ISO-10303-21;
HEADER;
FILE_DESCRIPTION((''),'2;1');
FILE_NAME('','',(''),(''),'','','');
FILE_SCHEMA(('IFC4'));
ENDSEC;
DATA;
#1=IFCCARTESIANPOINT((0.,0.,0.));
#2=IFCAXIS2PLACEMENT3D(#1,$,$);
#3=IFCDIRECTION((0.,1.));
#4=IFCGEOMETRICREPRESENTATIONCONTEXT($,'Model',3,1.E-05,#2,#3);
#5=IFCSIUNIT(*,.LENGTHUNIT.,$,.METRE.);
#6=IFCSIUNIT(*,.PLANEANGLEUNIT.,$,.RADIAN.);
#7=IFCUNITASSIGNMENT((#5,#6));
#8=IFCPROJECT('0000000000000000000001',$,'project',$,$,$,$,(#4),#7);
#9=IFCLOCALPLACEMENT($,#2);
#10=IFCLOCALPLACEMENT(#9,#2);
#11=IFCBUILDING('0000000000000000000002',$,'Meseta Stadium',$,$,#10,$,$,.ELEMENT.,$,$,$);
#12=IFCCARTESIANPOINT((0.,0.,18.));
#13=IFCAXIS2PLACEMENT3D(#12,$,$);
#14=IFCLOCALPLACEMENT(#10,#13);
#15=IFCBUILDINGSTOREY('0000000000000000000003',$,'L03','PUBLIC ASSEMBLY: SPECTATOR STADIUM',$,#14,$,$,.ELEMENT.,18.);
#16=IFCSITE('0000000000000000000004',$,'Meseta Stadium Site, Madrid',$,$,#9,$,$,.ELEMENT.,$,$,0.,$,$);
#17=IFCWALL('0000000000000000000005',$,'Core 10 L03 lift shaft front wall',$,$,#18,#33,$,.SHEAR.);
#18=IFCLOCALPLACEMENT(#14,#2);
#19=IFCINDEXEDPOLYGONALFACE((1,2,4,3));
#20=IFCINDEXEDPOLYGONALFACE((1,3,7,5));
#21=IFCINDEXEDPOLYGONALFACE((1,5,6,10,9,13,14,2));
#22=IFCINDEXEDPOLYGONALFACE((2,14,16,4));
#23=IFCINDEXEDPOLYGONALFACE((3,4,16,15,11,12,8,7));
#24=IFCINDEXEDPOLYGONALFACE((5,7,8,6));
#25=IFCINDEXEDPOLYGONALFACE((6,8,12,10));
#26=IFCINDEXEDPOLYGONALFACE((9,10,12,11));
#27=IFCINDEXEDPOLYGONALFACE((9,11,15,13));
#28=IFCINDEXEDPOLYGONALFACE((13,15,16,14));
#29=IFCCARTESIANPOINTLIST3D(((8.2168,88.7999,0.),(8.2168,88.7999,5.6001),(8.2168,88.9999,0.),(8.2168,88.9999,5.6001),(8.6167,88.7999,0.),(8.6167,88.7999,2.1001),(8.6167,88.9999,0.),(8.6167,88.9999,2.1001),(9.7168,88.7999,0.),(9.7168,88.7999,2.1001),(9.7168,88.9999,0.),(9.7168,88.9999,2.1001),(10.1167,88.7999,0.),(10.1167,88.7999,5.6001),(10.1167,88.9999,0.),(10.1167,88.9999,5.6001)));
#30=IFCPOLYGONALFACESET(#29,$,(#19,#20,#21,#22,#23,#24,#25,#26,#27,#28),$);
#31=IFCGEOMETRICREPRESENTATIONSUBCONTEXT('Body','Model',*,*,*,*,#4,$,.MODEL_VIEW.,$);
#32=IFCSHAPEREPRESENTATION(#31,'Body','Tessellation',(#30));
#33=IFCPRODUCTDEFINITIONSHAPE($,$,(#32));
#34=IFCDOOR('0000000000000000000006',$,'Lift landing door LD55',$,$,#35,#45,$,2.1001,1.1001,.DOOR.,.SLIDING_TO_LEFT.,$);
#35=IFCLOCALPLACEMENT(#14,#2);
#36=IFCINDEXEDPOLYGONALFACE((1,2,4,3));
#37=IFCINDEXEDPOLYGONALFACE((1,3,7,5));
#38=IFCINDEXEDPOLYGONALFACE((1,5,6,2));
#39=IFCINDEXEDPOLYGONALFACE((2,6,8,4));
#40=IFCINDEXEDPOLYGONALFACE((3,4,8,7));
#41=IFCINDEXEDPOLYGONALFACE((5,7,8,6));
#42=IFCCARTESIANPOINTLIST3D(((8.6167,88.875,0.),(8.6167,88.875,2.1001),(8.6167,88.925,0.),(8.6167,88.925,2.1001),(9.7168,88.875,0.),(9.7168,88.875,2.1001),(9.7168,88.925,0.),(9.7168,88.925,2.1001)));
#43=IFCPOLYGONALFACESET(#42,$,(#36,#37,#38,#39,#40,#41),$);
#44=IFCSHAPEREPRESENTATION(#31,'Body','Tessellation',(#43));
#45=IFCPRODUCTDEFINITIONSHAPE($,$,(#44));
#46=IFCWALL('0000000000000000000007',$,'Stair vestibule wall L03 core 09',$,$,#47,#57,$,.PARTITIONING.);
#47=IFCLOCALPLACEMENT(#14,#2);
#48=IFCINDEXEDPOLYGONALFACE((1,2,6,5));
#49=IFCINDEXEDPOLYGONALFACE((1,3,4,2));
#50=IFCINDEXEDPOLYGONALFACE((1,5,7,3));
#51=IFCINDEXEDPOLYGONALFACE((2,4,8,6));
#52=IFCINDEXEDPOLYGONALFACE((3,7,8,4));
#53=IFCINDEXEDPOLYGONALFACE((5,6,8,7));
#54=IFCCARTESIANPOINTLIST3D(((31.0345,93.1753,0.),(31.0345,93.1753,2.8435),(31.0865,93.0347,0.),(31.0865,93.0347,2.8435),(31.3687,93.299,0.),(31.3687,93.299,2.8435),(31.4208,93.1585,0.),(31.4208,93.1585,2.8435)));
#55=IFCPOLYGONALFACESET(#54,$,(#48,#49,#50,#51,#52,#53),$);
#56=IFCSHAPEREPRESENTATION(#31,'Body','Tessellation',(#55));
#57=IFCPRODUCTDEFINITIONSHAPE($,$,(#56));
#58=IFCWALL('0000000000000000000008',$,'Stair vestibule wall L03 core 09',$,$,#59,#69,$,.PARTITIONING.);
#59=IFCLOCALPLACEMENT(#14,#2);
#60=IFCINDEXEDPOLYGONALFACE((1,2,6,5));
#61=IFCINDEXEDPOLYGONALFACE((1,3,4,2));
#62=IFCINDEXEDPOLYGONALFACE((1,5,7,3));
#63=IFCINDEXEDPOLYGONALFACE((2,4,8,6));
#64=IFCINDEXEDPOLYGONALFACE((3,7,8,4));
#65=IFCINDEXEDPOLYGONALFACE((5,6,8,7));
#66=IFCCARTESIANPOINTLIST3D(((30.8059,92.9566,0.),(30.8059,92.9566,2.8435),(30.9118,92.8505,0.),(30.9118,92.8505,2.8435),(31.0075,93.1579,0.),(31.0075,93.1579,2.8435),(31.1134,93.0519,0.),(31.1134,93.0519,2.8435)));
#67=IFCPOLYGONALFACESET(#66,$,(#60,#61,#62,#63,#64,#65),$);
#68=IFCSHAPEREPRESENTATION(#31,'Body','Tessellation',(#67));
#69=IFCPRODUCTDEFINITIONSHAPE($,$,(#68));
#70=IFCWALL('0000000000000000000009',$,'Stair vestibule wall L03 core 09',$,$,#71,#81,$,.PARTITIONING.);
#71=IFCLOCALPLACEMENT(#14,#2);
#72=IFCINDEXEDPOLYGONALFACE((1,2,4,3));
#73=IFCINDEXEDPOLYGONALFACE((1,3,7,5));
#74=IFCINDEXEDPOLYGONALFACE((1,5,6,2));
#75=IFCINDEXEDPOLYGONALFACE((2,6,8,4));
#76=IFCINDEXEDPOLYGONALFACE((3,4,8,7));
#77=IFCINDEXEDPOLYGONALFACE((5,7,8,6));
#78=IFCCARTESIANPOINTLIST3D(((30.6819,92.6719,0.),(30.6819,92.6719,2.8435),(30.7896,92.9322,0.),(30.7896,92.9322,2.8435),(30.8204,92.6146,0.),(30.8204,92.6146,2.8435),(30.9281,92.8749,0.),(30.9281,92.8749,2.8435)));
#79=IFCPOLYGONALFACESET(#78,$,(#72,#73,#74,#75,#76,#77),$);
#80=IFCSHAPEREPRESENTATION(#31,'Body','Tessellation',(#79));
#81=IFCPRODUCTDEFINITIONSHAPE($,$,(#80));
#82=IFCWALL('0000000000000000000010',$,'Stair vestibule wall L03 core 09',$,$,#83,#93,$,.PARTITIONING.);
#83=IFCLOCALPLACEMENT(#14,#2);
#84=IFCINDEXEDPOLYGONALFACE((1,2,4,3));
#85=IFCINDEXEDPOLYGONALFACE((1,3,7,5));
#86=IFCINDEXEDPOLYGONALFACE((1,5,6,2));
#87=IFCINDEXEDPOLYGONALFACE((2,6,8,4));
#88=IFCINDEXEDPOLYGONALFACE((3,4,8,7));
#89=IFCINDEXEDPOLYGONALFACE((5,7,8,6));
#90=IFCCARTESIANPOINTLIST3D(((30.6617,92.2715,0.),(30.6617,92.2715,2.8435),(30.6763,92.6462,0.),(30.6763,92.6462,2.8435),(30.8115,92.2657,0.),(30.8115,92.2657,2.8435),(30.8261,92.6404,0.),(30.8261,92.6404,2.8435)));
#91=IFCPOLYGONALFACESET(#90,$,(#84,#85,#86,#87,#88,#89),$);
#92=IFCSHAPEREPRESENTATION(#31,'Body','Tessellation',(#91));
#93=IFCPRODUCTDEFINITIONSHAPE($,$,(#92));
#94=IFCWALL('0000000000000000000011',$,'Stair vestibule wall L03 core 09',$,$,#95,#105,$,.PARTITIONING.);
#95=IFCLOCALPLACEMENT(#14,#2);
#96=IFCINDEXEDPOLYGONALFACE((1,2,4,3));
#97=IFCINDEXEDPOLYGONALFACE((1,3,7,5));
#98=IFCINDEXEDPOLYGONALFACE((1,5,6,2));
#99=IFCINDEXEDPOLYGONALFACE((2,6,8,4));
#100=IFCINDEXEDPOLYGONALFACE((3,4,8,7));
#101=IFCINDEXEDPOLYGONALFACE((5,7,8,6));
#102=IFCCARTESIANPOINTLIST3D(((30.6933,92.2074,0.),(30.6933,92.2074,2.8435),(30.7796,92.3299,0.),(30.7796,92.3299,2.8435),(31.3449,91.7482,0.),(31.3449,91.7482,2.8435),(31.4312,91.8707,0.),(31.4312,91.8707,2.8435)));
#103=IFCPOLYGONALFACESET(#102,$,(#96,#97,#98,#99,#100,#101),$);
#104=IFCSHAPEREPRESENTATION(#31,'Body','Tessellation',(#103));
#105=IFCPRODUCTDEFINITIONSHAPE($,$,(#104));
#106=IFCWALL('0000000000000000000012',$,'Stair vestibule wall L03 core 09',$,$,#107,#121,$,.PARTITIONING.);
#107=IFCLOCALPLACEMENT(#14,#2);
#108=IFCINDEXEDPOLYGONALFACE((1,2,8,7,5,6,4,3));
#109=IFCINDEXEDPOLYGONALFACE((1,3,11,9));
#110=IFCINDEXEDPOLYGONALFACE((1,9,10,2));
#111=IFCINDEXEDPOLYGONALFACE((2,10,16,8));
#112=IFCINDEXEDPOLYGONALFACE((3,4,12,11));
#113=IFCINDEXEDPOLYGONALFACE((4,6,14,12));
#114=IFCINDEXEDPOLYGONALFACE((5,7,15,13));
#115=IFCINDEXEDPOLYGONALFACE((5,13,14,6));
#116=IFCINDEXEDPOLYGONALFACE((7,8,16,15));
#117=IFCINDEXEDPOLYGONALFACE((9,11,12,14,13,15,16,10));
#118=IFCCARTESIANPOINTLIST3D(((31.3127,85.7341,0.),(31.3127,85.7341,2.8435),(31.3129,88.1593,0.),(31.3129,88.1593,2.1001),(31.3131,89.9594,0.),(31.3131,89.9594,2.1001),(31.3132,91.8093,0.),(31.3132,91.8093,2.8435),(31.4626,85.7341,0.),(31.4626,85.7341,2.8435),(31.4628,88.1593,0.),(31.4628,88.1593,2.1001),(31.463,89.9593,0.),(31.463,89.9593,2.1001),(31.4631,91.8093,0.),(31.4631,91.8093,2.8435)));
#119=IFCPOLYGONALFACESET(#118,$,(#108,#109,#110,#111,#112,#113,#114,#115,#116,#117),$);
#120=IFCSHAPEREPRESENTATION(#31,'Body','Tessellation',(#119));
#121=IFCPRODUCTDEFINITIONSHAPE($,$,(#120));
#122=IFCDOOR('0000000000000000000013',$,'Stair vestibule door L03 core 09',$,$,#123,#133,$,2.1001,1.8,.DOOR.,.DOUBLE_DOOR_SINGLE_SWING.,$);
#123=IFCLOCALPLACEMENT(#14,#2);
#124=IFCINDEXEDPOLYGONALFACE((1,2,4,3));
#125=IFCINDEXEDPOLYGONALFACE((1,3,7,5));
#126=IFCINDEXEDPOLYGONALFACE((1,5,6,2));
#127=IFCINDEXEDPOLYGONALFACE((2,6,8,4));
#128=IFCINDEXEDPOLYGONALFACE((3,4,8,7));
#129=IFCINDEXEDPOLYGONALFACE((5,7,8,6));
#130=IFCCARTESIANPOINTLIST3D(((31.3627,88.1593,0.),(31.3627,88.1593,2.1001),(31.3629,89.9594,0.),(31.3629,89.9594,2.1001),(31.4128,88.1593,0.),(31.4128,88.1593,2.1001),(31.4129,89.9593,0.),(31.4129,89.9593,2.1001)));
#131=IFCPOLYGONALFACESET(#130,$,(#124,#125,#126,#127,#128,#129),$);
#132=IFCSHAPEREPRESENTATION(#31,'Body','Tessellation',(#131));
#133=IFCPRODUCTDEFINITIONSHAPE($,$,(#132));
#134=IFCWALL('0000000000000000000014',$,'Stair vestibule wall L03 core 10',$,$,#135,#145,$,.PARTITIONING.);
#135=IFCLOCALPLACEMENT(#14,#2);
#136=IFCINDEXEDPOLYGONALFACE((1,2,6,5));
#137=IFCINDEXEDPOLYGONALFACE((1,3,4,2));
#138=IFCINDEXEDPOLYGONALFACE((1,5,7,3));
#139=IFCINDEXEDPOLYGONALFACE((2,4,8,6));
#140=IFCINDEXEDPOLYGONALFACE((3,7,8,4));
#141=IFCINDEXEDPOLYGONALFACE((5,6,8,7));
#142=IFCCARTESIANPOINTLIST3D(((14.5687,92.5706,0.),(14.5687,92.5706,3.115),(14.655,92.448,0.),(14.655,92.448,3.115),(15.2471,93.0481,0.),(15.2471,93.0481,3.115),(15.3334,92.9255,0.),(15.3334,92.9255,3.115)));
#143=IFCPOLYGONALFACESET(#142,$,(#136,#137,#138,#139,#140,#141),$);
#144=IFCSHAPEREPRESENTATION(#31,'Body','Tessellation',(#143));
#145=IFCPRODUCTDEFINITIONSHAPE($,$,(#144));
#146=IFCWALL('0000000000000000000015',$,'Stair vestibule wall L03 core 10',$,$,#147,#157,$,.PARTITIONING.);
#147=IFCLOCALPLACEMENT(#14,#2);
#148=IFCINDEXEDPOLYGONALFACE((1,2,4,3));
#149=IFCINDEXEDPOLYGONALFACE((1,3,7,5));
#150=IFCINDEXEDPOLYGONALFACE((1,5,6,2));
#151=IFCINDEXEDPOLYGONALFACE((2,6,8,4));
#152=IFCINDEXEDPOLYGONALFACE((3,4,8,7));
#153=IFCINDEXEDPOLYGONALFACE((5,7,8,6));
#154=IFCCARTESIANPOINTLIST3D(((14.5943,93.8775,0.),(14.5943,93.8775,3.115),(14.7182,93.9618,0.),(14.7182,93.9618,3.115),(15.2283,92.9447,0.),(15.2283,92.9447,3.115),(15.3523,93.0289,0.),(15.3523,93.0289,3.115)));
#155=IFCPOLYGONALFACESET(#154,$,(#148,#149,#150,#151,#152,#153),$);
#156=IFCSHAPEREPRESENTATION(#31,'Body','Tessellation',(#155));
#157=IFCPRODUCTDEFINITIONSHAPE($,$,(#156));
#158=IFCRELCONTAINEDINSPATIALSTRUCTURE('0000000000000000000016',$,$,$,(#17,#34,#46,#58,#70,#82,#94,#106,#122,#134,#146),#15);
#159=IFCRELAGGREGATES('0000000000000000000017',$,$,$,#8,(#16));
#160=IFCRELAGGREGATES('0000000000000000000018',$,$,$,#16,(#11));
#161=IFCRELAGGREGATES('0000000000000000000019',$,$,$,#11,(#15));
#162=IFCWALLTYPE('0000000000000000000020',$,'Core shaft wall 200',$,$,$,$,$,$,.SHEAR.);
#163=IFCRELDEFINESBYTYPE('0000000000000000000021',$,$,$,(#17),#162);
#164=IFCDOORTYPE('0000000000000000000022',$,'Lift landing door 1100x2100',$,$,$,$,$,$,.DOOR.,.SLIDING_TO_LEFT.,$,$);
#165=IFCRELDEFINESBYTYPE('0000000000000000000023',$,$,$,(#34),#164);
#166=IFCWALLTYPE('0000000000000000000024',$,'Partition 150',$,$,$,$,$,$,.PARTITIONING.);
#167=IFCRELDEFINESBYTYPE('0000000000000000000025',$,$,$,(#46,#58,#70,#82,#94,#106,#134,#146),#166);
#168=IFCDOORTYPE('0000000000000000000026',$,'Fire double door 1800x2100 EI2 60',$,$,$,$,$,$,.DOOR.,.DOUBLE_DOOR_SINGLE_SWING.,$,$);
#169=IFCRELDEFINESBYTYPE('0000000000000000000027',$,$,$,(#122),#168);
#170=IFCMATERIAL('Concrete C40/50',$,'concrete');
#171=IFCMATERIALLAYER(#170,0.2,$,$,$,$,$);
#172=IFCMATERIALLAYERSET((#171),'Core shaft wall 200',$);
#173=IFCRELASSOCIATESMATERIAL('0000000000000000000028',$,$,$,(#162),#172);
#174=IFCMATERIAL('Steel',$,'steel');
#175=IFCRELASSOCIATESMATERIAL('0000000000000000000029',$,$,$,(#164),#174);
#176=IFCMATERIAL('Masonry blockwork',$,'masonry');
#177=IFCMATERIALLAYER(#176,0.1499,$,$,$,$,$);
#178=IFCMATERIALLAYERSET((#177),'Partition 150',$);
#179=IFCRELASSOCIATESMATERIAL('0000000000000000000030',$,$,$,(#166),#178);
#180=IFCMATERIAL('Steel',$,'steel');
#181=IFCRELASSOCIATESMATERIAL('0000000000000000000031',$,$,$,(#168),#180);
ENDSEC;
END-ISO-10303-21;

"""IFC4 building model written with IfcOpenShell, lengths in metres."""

from ifc_helpers import new_model, si_unit, direction, frame, frame_2d, origin, place, context, subcontext, project, spatial, rectangle, extrude, material, layer, layer_set, type_object, element, fill, save


model = new_model("IFC4")

# Units and contexts
model_context = context("Model", 3, precision=1e-05, world=origin(), true_north=direction((0.0, 1.0)))
body_context = subcontext(model_context, "Body", "Model", "MODEL_VIEW")
ifc_project = project(units=[si_unit("LENGTHUNIT", "METRE"), si_unit("PLANEANGLEUNIT", "RADIAN")], contexts=[model_context])

# Site, building, storey
site_placement = place(None, origin())
site = spatial("IfcSite", under=ifc_project, at=site_placement, Name="Meseta Stadium Site, Madrid", CompositionType="ELEMENT", RefElevation=0.0)
building_placement = place(site_placement, origin())
building = spatial("IfcBuilding", under=site, at=building_placement, Name="Meseta Stadium", CompositionType="ELEMENT")
storey_placement = place(building_placement, frame((0.0, 0.0, 18.0)))
storey = spatial("IfcBuildingStorey", under=building, at=storey_placement, Name="L03", Description="PUBLIC ASSEMBLY: SPECTATOR STADIUM", CompositionType="ELEMENT", Elevation=18.0)

# Shared definitions
ifc_material_1 = material(Name="Concrete C40/50", Category="concrete")
ifc_layer_1 = layer(ifc_material_1, 0.2)
ifc_layer_set_1 = layer_set([ifc_layer_1], Name="Core shaft wall 200")
wall_type_1 = type_object("IfcWallType", Name="Core shaft wall 200", PredefinedType="SHEAR", material=ifc_layer_set_1)

# Wall, opening, door
wall_1_placement = place(storey_placement, frame((10.1167, 88.8999, 0.0), z_axis=(0.0, 0.0, 1.0), x_axis=(-1.0, 0.0, 0.0)))
wall_1 = element("IfcWall", 1, at=wall_1_placement, inside=storey, type_object=wall_type_1, Name="Core 10 L03 lift shaft front wall", PredefinedType="SHEAR", context=body_context, shape_type="SweptSolid", body=[
    extrude(rectangle(XDim=1.8999, YDim=0.2, at=frame_2d((0.95, 0.0))), origin(), (0.0, 0.0, 1.0), 5.6001),
])
opening_1_placement = place(wall_1_placement, frame((0.3999, 0.0, 0.0)))
opening_1 = element("IfcOpeningElement", 2, at=opening_1_placement, cuts=wall_1, PredefinedType="OPENING", context=body_context, shape_type="SweptSolid", body=[
    extrude(rectangle(XDim=1.1001, YDim=2.1001, at=frame_2d((0.55, 1.05))), frame((0.0, 0.1099, 0.0), z_axis=(0.0, -1.0, 0.0), x_axis=(1.0, 0.0, 0.0)), (0.0, 0.0, 1.0), 0.22),
])
ifc_material_2 = material(Name="Steel", Category="steel")
door_type_1 = type_object("IfcDoorType", Name="Lift landing door 1100x2100", OperationType="SLIDING_TO_LEFT", PredefinedType="DOOR", material=ifc_material_2)
door_1_placement = place(opening_1_placement, origin())
door_1 = element("IfcDoor", 3, at=door_1_placement, inside=storey, type_object=door_type_1, Name="Lift landing door LD55", OperationType="SLIDING_TO_LEFT", OverallHeight=2.1001, OverallWidth=1.1001, PredefinedType="DOOR", context=body_context, shape_type="SweptSolid", body=[
    extrude(rectangle(XDim=1.1001, YDim=2.1001, at=frame_2d((0.55, 1.05))), frame((0.0, 0.0249, 0.0), z_axis=(0.0, -1.0, 0.0), x_axis=(1.0, 0.0, 0.0)), (0.0, 0.0, 1.0), 0.05),
])
fill(opening_1, door_1)

# Walls
ifc_material_3 = material(Name="Masonry blockwork", Category="masonry")
ifc_layer_2 = layer(ifc_material_3, 0.1499)
ifc_layer_set_2 = layer_set([ifc_layer_2], Name="Partition 150")
wall_type_2 = type_object("IfcWallType", Name="Partition 150", PredefinedType="PARTITIONING", material=ifc_layer_set_2)
wall_2_placement = place(storey_placement, frame((31.3948, 93.2288, 0.0), z_axis=(0.0, 0.0, 1.0), x_axis=(-0.937757, -0.347292, 0.0)))
element("IfcWall", 4, at=wall_2_placement, inside=storey, type_object=wall_type_2, Name="Stair vestibule wall L03 core 09", PredefinedType="PARTITIONING", context=body_context, shape_type="SweptSolid", body=[
    extrude(rectangle(XDim=0.3564, YDim=0.1499, at=frame_2d((0.1782, 0.0))), origin(), (0.0, 0.0, 1.0), 2.8435),
])
wall_3_placement = place(storey_placement, frame((31.0605, 93.105, 0.0), z_axis=(0.0, 0.0, 1.0), x_axis=(-0.707535, -0.706678, 0.0)))
element("IfcWall", 5, at=wall_3_placement, inside=storey, type_object=wall_type_2, Name="Stair vestibule wall L03 core 09", PredefinedType="PARTITIONING", context=body_context, shape_type="SweptSolid", body=[
    extrude(rectangle(XDim=0.2849, YDim=0.1499, at=frame_2d((0.1426, 0.0))), origin(), (0.0, 0.0, 1.0), 2.8435),
])
wall_4_placement = place(storey_placement, frame((30.8589, 92.9036, 0.0), z_axis=(0.0, 0.0, 1.0), x_axis=(-0.382275, -0.924049, 0.0)))
element("IfcWall", 6, at=wall_4_placement, inside=storey, type_object=wall_type_2, Name="Stair vestibule wall L03 core 09", PredefinedType="PARTITIONING", context=body_context, shape_type="SweptSolid", body=[
    extrude(rectangle(XDim=0.2817, YDim=0.1499, at=frame_2d((0.1409, 0.0))), origin(), (0.0, 0.0, 1.0), 2.8435),
])
wall_5_placement = place(storey_placement, frame((30.7512, 92.6433, 0.0), z_axis=(0.0, 0.0, 1.0), x_axis=(-0.039058, -0.999237, 0.0)))
element("IfcWall", 7, at=wall_5_placement, inside=storey, type_object=wall_type_2, Name="Stair vestibule wall L03 core 09", PredefinedType="PARTITIONING", context=body_context, shape_type="SweptSolid", body=[
    extrude(rectangle(XDim=0.375, YDim=0.1499, at=frame_2d((0.1875, 0.0))), origin(), (0.0, 0.0, 1.0), 2.8435),
])
wall_6_placement = place(storey_placement, frame((30.7366, 92.2686, 0.0), z_axis=(0.0, 0.0, 1.0), x_axis=(0.8174, -0.57607, 0.0)))
element("IfcWall", 8, at=wall_6_placement, inside=storey, type_object=wall_type_2, Name="Stair vestibule wall L03 core 09", PredefinedType="PARTITIONING", context=body_context, shape_type="SweptSolid", body=[
    extrude(rectangle(XDim=0.7971, YDim=0.1499, at=frame_2d((0.3984, 0.0))), origin(), (0.0, 0.0, 1.0), 2.8435),
])

# Wall, opening, door
wall_7_placement = place(storey_placement, frame((31.3882, 91.8093, 0.0), z_axis=(0.0, 0.0, 1.0), x_axis=(-0.00008, -1.0, 0.0)))
wall_7 = element("IfcWall", 9, at=wall_7_placement, inside=storey, type_object=wall_type_2, Name="Stair vestibule wall L03 core 09", PredefinedType="PARTITIONING", context=body_context, shape_type="SweptSolid", body=[
    extrude(rectangle(XDim=6.0752, YDim=0.1499, at=frame_2d((3.0376, 0.0))), origin(), (0.0, 0.0, 1.0), 2.8435),
])
opening_2_placement = place(wall_7_placement, frame((1.8501, 0.0, 0.0)))
opening_2 = element("IfcOpeningElement", 10, at=opening_2_placement, cuts=wall_7, PredefinedType="OPENING", context=body_context, shape_type="SweptSolid", body=[
    extrude(rectangle(XDim=1.8, YDim=2.1001, at=frame_2d((0.8999, 1.05))), frame((0.0, 0.085, 0.0), z_axis=(0.0, -1.0, 0.0), x_axis=(1.0, 0.0, 0.0)), (0.0, 0.0, 1.0), 0.1699),
])
ifc_material_4 = material(Name="Steel", Category="steel")
door_type_2 = type_object("IfcDoorType", Name="Fire double door 1800x2100 EI2 60", OperationType="DOUBLE_DOOR_SINGLE_SWING", PredefinedType="DOOR", material=ifc_material_4)
door_2_placement = place(opening_2_placement, origin())
door_2 = element("IfcDoor", 11, at=door_2_placement, inside=storey, type_object=door_type_2, Name="Stair vestibule door L03 core 09", OperationType="DOUBLE_DOOR_SINGLE_SWING", OverallHeight=2.1001, OverallWidth=1.8, PredefinedType="DOOR", context=body_context, shape_type="SweptSolid", body=[
    extrude(rectangle(XDim=1.8, YDim=2.1001, at=frame_2d((0.8999, 1.05))), frame((0.0, 0.0249, 0.0), z_axis=(0.0, -1.0, 0.0), x_axis=(1.0, 0.0, 0.0)), (0.0, 0.0, 1.0), 0.05),
])
fill(opening_2, door_2)

# Walls
wall_8_placement = place(storey_placement, frame((14.6118, 92.5093, 0.0), z_axis=(0.0, 0.0, 1.0), x_axis=(0.81775, 0.575574, 0.0)))
element("IfcWall", 12, at=wall_8_placement, inside=storey, type_object=wall_type_2, Name="Stair vestibule wall L03 core 10", PredefinedType="PARTITIONING", context=body_context, shape_type="SweptSolid", body=[
    extrude(rectangle(XDim=0.8296, YDim=0.1499, at=frame_2d((0.4148, 0.0))), origin(), (0.0, 0.0, 1.0), 3.115),
])
wall_9_placement = place(storey_placement, frame((15.2903, 92.9868, 0.0), z_axis=(0.0, 0.0, 1.0), x_axis=(-0.562121, 0.827055, 0.0)))
element("IfcWall", 13, at=wall_9_placement, inside=storey, type_object=wall_type_2, Name="Stair vestibule wall L03 core 10", PredefinedType="PARTITIONING", context=body_context, shape_type="SweptSolid", body=[
    extrude(rectangle(XDim=1.1279, YDim=0.1499, at=frame_2d((0.564, 0.0))), origin(), (0.0, 0.0, 1.0), 3.115),
])

save(model, "model.ifc")
